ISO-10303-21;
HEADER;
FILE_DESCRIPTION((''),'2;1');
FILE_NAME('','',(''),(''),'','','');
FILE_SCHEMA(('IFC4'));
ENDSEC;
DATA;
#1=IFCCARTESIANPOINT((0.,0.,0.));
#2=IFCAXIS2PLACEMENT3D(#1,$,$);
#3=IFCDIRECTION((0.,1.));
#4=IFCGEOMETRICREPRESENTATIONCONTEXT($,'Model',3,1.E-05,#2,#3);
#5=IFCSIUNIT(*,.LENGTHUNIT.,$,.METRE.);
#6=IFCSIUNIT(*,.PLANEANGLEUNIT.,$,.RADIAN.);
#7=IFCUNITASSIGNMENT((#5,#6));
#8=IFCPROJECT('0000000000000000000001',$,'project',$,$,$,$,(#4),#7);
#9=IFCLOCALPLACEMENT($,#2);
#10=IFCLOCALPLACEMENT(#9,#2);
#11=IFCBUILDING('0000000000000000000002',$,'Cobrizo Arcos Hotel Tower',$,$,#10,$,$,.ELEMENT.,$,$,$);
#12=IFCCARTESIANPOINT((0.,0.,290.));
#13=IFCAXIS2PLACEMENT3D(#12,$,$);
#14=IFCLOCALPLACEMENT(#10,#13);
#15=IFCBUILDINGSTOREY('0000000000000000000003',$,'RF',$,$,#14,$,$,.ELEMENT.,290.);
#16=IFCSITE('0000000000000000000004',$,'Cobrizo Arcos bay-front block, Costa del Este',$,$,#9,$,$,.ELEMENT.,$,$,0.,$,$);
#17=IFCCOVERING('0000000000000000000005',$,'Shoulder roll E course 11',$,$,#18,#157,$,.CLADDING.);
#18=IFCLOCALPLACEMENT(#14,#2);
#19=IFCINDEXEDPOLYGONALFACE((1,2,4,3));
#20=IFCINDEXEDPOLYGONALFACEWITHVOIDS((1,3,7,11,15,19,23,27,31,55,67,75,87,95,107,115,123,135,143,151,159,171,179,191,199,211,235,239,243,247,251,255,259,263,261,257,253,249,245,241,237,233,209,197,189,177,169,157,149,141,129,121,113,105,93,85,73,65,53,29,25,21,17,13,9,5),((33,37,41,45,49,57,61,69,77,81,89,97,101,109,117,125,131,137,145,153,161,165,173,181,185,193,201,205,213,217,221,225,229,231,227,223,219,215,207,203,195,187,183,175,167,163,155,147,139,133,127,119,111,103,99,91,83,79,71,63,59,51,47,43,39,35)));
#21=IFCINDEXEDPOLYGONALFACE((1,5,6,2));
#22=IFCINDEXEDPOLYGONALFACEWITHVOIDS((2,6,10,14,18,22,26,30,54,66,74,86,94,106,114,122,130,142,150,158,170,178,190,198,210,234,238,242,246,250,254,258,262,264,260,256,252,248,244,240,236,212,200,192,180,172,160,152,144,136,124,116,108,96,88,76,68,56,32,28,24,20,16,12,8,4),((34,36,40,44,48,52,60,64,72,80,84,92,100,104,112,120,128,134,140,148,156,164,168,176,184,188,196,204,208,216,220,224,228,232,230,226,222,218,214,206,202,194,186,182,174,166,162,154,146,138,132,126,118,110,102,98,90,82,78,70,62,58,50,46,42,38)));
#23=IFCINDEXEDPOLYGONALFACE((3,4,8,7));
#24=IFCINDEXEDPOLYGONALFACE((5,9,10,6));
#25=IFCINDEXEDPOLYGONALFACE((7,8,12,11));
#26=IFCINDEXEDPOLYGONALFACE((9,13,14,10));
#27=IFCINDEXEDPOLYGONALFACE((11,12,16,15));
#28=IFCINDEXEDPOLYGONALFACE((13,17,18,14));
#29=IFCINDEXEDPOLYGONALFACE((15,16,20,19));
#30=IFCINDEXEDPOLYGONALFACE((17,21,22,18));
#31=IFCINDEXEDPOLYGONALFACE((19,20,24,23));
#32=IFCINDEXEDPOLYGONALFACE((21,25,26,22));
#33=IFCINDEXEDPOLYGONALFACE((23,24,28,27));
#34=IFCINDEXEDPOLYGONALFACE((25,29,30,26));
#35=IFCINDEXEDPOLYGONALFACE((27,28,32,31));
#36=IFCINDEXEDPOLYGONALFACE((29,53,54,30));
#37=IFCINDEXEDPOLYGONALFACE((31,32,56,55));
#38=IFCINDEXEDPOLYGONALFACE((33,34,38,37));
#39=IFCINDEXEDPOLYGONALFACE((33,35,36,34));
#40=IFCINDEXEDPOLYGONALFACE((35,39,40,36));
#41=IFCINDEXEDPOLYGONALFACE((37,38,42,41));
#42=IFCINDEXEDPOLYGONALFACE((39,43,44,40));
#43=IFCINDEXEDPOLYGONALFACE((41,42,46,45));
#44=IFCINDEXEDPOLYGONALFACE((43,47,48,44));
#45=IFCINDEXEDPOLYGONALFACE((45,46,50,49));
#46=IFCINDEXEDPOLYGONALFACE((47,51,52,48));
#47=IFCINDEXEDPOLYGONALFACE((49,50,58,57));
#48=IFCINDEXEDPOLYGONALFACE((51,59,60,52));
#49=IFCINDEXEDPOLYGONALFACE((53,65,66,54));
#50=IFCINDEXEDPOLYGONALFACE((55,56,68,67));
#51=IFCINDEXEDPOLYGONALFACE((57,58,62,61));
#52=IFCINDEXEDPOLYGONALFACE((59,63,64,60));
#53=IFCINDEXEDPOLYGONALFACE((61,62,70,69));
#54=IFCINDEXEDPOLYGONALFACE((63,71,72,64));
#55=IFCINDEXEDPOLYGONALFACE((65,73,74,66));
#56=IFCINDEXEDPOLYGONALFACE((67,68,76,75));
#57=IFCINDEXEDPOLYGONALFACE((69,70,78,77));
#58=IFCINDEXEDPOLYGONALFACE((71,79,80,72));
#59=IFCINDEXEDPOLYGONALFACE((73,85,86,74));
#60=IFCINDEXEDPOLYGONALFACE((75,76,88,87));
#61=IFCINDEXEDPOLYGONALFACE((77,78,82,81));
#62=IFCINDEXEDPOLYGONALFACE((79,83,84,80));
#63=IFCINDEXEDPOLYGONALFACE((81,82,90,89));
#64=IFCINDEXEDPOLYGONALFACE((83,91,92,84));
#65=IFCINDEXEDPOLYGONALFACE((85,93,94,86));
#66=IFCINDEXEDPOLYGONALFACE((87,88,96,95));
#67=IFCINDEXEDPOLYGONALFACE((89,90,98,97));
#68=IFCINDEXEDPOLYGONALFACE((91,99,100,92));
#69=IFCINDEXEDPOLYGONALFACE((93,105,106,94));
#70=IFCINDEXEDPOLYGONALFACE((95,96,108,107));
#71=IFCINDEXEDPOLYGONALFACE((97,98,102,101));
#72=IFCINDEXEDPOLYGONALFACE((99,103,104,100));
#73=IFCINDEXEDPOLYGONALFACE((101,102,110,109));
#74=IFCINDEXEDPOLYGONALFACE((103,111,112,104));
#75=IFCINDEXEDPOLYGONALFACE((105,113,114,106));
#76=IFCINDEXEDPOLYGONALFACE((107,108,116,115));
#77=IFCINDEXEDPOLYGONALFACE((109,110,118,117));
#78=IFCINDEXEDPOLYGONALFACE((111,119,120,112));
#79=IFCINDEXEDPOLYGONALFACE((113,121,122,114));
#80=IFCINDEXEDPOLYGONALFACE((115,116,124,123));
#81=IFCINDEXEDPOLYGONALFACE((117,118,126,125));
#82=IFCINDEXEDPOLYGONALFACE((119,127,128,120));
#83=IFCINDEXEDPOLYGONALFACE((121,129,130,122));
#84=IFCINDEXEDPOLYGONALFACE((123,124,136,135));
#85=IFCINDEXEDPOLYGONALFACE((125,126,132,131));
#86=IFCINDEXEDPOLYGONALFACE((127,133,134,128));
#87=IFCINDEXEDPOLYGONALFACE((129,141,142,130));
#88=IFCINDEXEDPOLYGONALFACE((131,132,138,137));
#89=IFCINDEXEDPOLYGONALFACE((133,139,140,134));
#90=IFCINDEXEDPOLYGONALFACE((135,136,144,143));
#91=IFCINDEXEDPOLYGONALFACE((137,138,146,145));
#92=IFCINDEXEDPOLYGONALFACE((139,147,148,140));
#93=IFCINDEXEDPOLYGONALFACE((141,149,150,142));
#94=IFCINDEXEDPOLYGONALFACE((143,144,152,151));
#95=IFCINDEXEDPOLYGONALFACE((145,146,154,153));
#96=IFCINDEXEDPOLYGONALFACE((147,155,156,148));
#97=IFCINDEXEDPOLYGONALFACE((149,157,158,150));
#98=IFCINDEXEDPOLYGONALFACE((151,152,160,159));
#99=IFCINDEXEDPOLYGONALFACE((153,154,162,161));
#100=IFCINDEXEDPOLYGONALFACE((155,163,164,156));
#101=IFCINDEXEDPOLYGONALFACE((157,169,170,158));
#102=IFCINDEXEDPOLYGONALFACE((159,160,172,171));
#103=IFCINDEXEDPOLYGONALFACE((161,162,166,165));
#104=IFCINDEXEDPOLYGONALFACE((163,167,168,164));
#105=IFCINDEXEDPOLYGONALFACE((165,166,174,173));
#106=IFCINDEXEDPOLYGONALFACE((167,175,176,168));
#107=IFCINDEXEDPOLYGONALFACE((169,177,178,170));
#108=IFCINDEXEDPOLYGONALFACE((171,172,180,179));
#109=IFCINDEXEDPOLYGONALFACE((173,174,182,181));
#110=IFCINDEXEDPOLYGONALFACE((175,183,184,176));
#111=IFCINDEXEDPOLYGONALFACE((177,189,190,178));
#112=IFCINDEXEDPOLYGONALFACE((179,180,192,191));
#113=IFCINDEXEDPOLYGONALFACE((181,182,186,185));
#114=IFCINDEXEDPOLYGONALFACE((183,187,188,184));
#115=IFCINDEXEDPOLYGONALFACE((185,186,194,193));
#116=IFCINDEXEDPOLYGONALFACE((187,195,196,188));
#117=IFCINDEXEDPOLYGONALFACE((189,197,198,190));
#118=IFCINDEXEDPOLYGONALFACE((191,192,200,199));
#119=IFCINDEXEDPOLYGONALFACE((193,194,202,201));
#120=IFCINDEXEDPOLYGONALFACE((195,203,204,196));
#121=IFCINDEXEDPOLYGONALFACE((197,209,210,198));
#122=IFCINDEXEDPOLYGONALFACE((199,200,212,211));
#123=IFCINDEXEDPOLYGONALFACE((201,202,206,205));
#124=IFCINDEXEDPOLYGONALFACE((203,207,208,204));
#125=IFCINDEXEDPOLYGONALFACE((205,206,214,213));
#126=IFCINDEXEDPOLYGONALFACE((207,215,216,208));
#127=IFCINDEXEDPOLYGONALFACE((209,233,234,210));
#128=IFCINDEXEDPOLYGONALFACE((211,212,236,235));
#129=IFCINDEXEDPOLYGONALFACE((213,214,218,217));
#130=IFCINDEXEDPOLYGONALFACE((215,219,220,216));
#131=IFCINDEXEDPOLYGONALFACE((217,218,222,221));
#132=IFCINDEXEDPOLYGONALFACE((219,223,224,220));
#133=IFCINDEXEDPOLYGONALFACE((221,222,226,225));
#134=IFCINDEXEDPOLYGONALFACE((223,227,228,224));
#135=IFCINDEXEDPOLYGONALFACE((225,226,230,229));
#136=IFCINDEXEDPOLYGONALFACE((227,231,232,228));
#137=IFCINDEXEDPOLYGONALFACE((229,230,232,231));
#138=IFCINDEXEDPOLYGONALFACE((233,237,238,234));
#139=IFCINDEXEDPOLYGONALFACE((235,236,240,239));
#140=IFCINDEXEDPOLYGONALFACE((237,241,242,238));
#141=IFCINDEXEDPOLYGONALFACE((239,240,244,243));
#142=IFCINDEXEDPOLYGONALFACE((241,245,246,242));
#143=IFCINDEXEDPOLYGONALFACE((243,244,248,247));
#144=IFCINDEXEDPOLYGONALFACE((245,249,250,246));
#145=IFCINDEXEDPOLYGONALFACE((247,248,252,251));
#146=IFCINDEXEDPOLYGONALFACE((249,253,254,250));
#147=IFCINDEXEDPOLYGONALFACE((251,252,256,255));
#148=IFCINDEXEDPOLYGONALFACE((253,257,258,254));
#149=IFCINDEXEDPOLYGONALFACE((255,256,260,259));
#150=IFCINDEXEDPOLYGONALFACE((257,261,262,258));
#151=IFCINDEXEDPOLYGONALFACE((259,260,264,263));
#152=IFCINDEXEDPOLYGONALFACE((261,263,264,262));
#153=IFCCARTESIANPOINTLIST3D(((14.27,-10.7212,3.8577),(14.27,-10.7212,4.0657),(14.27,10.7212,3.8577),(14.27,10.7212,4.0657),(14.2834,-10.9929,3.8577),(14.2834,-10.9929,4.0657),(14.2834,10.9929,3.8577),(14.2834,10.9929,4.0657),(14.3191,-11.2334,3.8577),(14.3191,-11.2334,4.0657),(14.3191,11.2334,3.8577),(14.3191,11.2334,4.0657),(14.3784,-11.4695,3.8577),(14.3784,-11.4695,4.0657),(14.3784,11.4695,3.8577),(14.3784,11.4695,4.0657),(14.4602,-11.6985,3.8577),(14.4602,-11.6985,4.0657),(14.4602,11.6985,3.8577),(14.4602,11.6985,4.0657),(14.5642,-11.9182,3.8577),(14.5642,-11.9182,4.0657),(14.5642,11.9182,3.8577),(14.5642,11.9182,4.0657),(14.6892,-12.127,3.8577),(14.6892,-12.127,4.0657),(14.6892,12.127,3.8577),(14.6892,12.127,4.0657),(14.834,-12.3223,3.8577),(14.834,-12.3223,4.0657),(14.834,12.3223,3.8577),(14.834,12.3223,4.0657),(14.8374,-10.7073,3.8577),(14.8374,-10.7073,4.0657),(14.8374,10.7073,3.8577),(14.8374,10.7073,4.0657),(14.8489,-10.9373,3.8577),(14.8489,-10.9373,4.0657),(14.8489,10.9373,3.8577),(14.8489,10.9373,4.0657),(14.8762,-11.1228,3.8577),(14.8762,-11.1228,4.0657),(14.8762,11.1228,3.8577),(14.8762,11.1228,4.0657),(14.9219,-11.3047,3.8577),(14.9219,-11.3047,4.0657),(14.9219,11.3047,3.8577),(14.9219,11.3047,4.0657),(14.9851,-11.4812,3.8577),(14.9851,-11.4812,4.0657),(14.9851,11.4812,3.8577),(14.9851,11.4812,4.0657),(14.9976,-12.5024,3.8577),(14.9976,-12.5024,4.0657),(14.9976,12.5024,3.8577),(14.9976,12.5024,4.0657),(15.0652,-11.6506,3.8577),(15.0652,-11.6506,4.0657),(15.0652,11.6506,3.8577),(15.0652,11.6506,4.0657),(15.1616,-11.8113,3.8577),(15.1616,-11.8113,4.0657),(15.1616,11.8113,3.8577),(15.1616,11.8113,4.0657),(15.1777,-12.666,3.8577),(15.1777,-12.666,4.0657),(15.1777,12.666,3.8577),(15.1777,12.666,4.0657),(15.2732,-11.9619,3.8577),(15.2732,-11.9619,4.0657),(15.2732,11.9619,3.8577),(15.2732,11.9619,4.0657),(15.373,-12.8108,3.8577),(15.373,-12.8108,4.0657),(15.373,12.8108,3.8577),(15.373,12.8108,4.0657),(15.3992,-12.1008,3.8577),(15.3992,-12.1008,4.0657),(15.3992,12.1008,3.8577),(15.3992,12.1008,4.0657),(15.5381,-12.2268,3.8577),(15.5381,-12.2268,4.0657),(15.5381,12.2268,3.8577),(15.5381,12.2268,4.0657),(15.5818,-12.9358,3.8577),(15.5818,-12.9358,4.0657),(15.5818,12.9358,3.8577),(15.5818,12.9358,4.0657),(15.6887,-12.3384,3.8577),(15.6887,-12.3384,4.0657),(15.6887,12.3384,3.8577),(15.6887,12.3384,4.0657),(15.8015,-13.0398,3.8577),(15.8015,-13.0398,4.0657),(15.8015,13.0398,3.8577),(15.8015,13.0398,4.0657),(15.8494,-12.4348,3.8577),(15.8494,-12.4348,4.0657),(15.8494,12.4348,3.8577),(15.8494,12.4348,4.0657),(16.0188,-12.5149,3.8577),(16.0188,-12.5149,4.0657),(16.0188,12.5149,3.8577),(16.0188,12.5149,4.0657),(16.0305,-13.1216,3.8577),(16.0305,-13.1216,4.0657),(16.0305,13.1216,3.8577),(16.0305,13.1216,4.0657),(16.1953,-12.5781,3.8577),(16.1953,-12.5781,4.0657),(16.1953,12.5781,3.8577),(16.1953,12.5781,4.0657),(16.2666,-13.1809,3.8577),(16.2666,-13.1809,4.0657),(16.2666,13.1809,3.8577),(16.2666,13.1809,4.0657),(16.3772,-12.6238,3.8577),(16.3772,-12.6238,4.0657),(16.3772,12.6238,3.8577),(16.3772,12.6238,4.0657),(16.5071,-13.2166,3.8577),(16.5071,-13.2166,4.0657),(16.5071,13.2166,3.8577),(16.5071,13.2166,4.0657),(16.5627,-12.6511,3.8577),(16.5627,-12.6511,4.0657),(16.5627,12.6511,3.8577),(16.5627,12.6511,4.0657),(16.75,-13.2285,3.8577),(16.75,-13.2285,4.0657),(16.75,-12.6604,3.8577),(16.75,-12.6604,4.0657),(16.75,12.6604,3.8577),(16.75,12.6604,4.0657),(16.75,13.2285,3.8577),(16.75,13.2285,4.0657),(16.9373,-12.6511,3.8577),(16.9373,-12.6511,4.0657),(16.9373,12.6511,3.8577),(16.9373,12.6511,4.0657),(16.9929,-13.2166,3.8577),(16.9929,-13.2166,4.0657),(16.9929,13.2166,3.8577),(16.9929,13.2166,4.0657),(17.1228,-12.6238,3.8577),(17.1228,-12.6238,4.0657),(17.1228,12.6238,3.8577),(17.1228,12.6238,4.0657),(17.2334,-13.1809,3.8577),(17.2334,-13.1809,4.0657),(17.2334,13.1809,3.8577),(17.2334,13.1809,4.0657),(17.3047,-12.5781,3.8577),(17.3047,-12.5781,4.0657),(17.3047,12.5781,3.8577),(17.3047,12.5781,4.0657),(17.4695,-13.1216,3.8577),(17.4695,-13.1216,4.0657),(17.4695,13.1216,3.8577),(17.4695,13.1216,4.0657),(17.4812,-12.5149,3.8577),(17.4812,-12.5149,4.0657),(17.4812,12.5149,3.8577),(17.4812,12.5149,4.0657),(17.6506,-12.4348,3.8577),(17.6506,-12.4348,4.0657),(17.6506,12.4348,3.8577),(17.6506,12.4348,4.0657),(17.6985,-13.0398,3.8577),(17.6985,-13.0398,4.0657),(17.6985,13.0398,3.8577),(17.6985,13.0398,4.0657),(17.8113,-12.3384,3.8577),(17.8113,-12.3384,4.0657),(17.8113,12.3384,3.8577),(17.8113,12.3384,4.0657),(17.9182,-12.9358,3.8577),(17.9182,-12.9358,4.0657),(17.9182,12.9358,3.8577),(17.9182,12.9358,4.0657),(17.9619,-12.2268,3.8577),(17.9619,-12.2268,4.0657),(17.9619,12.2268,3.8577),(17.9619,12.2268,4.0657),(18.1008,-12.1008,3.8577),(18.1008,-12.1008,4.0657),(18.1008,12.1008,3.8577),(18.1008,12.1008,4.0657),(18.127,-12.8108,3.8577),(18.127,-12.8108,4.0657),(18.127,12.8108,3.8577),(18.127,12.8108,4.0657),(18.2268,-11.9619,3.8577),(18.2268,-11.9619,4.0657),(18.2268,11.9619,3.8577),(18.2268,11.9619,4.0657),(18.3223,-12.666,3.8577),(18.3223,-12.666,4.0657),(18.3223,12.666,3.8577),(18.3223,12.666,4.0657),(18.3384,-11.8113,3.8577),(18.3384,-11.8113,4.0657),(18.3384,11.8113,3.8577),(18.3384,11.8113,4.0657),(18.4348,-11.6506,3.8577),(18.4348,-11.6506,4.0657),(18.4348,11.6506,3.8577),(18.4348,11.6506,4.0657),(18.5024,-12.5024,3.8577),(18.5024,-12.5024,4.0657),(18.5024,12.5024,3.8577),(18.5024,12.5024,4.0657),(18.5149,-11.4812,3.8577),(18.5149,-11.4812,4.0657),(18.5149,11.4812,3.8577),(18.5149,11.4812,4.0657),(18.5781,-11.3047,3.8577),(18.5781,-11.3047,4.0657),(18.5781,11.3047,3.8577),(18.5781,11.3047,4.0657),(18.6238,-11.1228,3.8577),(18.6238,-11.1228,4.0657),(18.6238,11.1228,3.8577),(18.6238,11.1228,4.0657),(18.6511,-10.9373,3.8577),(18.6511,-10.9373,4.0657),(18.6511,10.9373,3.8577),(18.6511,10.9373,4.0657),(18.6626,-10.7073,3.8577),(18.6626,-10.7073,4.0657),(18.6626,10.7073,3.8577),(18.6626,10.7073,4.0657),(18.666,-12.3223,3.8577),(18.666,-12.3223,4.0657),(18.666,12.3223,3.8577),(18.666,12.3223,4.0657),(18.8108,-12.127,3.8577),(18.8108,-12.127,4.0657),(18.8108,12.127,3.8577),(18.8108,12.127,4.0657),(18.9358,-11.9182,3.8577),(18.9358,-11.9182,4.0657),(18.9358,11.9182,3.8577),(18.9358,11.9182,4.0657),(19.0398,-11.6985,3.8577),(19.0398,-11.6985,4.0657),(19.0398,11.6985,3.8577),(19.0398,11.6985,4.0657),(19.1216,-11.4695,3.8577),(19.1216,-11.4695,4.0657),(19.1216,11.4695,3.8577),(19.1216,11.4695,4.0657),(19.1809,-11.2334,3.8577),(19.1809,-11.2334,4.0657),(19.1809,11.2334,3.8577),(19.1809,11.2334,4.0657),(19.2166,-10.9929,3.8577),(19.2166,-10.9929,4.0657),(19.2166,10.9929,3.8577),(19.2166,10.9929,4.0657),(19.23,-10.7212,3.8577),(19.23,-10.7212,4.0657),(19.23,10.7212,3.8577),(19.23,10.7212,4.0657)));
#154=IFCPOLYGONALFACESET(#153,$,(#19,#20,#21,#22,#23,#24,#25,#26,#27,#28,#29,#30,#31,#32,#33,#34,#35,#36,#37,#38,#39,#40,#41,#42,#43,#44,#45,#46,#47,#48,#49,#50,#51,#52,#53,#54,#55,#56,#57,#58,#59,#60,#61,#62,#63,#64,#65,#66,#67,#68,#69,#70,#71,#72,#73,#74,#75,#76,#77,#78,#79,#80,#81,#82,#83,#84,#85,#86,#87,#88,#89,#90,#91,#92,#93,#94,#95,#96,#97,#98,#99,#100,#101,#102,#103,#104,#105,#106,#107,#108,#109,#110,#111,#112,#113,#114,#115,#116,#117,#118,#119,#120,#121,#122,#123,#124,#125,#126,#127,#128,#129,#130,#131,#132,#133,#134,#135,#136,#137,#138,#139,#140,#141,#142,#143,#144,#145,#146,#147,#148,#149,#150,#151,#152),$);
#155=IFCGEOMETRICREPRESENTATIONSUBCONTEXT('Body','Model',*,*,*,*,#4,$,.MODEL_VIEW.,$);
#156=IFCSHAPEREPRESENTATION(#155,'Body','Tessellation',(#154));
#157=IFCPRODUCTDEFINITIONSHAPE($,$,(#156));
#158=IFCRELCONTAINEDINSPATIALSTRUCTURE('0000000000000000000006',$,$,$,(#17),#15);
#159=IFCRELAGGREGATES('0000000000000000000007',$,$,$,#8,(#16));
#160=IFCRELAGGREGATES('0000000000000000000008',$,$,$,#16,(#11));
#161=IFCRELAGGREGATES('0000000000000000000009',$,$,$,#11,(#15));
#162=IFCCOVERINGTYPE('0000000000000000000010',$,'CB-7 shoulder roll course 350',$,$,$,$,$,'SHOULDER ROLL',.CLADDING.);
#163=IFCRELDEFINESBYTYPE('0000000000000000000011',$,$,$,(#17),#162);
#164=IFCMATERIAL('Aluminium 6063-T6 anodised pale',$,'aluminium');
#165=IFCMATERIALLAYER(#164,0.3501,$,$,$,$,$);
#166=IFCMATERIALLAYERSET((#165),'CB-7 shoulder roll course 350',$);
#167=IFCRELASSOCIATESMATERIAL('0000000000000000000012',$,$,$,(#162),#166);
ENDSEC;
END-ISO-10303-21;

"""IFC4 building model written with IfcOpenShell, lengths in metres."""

from ifc_helpers import new_model, si_unit, direction, frame, origin, place, context, subcontext, project, spatial, polyline, outline, extrude, material, layer, layer_set, type_object, element, save


model = new_model("IFC4")

# Units and contexts
model_context = context("Model", 3, precision=1e-05, world=origin(), true_north=direction((0.0, 1.0)))
body_context = subcontext(model_context, "Body", "Model", "MODEL_VIEW")
ifc_project = project(units=[si_unit("LENGTHUNIT", "METRE"), si_unit("PLANEANGLEUNIT", "RADIAN")], contexts=[model_context])

# Site, building, storey
site_placement = place(None, origin())
site = spatial("IfcSite", under=ifc_project, at=site_placement, Name="Cobrizo Arcos bay-front block, Costa del Este", CompositionType="ELEMENT", RefElevation=0.0)
building_placement = place(site_placement, origin())
building = spatial("IfcBuilding", under=site, at=building_placement, Name="Cobrizo Arcos Hotel Tower", CompositionType="ELEMENT")
storey_placement = place(building_placement, frame((0.0, 0.0, 290.0)))
storey = spatial("IfcBuildingStorey", under=building, at=storey_placement, Name="RF", CompositionType="ELEMENT", Elevation=290.0)

# Covering
ifc_material_1 = material(Name="Aluminium 6063-T6 anodised pale", Category="aluminium")
ifc_layer_1 = layer(ifc_material_1, 0.3501)
ifc_layer_set_1 = layer_set([ifc_layer_1], Name="CB-7 shoulder roll course 350")
covering_type_1 = type_object("IfcCoveringType", Name="CB-7 shoulder roll course 350", ElementType="SHOULDER ROLL", PredefinedType="CLADDING", material=ifc_layer_set_1)
covering_1_placement = place(storey_placement, frame((0.0, 0.0, 3.8577)))
element("IfcCovering", 1, at=covering_1_placement, inside=storey, type_object=covering_type_1, Name="Shoulder roll E course 11", PredefinedType="CLADDING", context=body_context, shape_type="SweptSolid", body=[
    extrude(outline(polyline([(14.27, 10.7212), (14.2834, 10.9929), (14.3191, 11.2334), (14.3784, 11.4695), (14.4602, 11.6985), (14.5642, 11.9182), (14.6892, 12.127), (14.834, 12.3223), (14.9976, 12.5024), (15.1777, 12.666), (15.373, 12.8108), (15.5818, 12.9358), (15.8015, 13.0398), (16.0305, 13.1216), (16.2666, 13.1809), (16.5071, 13.2166), (16.75, 13.2285), (16.9929, 13.2166), (17.2334, 13.1809), (17.4695, 13.1216), (17.6985, 13.0398), (17.9182, 12.9358), (18.127, 12.8108), (18.3223, 12.666), (18.5024, 12.5024), (18.666, 12.3223), (18.8108, 12.127), (18.9358, 11.9182), (19.0398, 11.6985), (19.1216, 11.4695), (19.1809, 11.2334), (19.2166, 10.9929), (19.23, 10.7212), (19.23, -10.7212), (19.2166, -10.9929), (19.1809, -11.2334), (19.1216, -11.4695), (19.0398, -11.6985), (18.9358, -11.9182), (18.8108, -12.127), (18.666, -12.3223), (18.5024, -12.5024), (18.3223, -12.666), (18.127, -12.8108), (17.9182, -12.9358), (17.6985, -13.0398), (17.4695, -13.1216), (17.2334, -13.1809), (16.9929, -13.2166), (16.75, -13.2285), (16.5071, -13.2166), (16.2666, -13.1809), (16.0305, -13.1216), (15.8015, -13.0398), (15.5818, -12.9358), (15.373, -12.8108), (15.1777, -12.666), (14.9976, -12.5024), (14.834, -12.3223), (14.6892, -12.127), (14.5642, -11.9182), (14.4602, -11.6985), (14.3784, -11.4695), (14.3191, -11.2334), (14.2834, -10.9929), (14.27, -10.7212), (14.27, 10.7212)]), holes=[polyline([(14.8374, 10.7073), (14.8489, 10.9373), (14.8762, 11.1228), (14.9219, 11.3047), (14.9851, 11.4812), (15.0652, 11.6506), (15.1616, 11.8113), (15.2732, 11.9619), (15.3992, 12.1008), (15.5381, 12.2268), (15.6887, 12.3384), (15.8494, 12.4348), (16.0188, 12.5149), (16.1953, 12.5781), (16.3772, 12.6238), (16.5627, 12.6511), (16.75, 12.6604), (16.9373, 12.6511), (17.1228, 12.6238), (17.3047, 12.5781), (17.4812, 12.5149), (17.6506, 12.4348), (17.8113, 12.3384), (17.9619, 12.2268), (18.1008, 12.1008), (18.2268, 11.9619), (18.3384, 11.8113), (18.4348, 11.6506), (18.5149, 11.4812), (18.5781, 11.3047), (18.6238, 11.1228), (18.6511, 10.9373), (18.6626, 10.7073), (18.6626, -10.7073), (18.6511, -10.9373), (18.6238, -11.1228), (18.5781, -11.3047), (18.5149, -11.4812), (18.4348, -11.6506), (18.3384, -11.8113), (18.2268, -11.9619), (18.1008, -12.1008), (17.9619, -12.2268), (17.8113, -12.3384), (17.6506, -12.4348), (17.4812, -12.5149), (17.3047, -12.5781), (17.1228, -12.6238), (16.9373, -12.6511), (16.75, -12.6604), (16.5627, -12.6511), (16.3772, -12.6238), (16.1953, -12.5781), (16.0188, -12.5149), (15.8494, -12.4348), (15.6887, -12.3384), (15.5381, -12.2268), (15.3992, -12.1008), (15.2732, -11.9619), (15.1616, -11.8113), (15.0652, -11.6506), (14.9851, -11.4812), (14.9219, -11.3047), (14.8762, -11.1228), (14.8489, -10.9373), (14.8374, -10.7073), (14.8374, 10.7073)])]), origin(), (0.0, 0.0, 1.0), 0.208),
])

save(model, "model.ifc")
